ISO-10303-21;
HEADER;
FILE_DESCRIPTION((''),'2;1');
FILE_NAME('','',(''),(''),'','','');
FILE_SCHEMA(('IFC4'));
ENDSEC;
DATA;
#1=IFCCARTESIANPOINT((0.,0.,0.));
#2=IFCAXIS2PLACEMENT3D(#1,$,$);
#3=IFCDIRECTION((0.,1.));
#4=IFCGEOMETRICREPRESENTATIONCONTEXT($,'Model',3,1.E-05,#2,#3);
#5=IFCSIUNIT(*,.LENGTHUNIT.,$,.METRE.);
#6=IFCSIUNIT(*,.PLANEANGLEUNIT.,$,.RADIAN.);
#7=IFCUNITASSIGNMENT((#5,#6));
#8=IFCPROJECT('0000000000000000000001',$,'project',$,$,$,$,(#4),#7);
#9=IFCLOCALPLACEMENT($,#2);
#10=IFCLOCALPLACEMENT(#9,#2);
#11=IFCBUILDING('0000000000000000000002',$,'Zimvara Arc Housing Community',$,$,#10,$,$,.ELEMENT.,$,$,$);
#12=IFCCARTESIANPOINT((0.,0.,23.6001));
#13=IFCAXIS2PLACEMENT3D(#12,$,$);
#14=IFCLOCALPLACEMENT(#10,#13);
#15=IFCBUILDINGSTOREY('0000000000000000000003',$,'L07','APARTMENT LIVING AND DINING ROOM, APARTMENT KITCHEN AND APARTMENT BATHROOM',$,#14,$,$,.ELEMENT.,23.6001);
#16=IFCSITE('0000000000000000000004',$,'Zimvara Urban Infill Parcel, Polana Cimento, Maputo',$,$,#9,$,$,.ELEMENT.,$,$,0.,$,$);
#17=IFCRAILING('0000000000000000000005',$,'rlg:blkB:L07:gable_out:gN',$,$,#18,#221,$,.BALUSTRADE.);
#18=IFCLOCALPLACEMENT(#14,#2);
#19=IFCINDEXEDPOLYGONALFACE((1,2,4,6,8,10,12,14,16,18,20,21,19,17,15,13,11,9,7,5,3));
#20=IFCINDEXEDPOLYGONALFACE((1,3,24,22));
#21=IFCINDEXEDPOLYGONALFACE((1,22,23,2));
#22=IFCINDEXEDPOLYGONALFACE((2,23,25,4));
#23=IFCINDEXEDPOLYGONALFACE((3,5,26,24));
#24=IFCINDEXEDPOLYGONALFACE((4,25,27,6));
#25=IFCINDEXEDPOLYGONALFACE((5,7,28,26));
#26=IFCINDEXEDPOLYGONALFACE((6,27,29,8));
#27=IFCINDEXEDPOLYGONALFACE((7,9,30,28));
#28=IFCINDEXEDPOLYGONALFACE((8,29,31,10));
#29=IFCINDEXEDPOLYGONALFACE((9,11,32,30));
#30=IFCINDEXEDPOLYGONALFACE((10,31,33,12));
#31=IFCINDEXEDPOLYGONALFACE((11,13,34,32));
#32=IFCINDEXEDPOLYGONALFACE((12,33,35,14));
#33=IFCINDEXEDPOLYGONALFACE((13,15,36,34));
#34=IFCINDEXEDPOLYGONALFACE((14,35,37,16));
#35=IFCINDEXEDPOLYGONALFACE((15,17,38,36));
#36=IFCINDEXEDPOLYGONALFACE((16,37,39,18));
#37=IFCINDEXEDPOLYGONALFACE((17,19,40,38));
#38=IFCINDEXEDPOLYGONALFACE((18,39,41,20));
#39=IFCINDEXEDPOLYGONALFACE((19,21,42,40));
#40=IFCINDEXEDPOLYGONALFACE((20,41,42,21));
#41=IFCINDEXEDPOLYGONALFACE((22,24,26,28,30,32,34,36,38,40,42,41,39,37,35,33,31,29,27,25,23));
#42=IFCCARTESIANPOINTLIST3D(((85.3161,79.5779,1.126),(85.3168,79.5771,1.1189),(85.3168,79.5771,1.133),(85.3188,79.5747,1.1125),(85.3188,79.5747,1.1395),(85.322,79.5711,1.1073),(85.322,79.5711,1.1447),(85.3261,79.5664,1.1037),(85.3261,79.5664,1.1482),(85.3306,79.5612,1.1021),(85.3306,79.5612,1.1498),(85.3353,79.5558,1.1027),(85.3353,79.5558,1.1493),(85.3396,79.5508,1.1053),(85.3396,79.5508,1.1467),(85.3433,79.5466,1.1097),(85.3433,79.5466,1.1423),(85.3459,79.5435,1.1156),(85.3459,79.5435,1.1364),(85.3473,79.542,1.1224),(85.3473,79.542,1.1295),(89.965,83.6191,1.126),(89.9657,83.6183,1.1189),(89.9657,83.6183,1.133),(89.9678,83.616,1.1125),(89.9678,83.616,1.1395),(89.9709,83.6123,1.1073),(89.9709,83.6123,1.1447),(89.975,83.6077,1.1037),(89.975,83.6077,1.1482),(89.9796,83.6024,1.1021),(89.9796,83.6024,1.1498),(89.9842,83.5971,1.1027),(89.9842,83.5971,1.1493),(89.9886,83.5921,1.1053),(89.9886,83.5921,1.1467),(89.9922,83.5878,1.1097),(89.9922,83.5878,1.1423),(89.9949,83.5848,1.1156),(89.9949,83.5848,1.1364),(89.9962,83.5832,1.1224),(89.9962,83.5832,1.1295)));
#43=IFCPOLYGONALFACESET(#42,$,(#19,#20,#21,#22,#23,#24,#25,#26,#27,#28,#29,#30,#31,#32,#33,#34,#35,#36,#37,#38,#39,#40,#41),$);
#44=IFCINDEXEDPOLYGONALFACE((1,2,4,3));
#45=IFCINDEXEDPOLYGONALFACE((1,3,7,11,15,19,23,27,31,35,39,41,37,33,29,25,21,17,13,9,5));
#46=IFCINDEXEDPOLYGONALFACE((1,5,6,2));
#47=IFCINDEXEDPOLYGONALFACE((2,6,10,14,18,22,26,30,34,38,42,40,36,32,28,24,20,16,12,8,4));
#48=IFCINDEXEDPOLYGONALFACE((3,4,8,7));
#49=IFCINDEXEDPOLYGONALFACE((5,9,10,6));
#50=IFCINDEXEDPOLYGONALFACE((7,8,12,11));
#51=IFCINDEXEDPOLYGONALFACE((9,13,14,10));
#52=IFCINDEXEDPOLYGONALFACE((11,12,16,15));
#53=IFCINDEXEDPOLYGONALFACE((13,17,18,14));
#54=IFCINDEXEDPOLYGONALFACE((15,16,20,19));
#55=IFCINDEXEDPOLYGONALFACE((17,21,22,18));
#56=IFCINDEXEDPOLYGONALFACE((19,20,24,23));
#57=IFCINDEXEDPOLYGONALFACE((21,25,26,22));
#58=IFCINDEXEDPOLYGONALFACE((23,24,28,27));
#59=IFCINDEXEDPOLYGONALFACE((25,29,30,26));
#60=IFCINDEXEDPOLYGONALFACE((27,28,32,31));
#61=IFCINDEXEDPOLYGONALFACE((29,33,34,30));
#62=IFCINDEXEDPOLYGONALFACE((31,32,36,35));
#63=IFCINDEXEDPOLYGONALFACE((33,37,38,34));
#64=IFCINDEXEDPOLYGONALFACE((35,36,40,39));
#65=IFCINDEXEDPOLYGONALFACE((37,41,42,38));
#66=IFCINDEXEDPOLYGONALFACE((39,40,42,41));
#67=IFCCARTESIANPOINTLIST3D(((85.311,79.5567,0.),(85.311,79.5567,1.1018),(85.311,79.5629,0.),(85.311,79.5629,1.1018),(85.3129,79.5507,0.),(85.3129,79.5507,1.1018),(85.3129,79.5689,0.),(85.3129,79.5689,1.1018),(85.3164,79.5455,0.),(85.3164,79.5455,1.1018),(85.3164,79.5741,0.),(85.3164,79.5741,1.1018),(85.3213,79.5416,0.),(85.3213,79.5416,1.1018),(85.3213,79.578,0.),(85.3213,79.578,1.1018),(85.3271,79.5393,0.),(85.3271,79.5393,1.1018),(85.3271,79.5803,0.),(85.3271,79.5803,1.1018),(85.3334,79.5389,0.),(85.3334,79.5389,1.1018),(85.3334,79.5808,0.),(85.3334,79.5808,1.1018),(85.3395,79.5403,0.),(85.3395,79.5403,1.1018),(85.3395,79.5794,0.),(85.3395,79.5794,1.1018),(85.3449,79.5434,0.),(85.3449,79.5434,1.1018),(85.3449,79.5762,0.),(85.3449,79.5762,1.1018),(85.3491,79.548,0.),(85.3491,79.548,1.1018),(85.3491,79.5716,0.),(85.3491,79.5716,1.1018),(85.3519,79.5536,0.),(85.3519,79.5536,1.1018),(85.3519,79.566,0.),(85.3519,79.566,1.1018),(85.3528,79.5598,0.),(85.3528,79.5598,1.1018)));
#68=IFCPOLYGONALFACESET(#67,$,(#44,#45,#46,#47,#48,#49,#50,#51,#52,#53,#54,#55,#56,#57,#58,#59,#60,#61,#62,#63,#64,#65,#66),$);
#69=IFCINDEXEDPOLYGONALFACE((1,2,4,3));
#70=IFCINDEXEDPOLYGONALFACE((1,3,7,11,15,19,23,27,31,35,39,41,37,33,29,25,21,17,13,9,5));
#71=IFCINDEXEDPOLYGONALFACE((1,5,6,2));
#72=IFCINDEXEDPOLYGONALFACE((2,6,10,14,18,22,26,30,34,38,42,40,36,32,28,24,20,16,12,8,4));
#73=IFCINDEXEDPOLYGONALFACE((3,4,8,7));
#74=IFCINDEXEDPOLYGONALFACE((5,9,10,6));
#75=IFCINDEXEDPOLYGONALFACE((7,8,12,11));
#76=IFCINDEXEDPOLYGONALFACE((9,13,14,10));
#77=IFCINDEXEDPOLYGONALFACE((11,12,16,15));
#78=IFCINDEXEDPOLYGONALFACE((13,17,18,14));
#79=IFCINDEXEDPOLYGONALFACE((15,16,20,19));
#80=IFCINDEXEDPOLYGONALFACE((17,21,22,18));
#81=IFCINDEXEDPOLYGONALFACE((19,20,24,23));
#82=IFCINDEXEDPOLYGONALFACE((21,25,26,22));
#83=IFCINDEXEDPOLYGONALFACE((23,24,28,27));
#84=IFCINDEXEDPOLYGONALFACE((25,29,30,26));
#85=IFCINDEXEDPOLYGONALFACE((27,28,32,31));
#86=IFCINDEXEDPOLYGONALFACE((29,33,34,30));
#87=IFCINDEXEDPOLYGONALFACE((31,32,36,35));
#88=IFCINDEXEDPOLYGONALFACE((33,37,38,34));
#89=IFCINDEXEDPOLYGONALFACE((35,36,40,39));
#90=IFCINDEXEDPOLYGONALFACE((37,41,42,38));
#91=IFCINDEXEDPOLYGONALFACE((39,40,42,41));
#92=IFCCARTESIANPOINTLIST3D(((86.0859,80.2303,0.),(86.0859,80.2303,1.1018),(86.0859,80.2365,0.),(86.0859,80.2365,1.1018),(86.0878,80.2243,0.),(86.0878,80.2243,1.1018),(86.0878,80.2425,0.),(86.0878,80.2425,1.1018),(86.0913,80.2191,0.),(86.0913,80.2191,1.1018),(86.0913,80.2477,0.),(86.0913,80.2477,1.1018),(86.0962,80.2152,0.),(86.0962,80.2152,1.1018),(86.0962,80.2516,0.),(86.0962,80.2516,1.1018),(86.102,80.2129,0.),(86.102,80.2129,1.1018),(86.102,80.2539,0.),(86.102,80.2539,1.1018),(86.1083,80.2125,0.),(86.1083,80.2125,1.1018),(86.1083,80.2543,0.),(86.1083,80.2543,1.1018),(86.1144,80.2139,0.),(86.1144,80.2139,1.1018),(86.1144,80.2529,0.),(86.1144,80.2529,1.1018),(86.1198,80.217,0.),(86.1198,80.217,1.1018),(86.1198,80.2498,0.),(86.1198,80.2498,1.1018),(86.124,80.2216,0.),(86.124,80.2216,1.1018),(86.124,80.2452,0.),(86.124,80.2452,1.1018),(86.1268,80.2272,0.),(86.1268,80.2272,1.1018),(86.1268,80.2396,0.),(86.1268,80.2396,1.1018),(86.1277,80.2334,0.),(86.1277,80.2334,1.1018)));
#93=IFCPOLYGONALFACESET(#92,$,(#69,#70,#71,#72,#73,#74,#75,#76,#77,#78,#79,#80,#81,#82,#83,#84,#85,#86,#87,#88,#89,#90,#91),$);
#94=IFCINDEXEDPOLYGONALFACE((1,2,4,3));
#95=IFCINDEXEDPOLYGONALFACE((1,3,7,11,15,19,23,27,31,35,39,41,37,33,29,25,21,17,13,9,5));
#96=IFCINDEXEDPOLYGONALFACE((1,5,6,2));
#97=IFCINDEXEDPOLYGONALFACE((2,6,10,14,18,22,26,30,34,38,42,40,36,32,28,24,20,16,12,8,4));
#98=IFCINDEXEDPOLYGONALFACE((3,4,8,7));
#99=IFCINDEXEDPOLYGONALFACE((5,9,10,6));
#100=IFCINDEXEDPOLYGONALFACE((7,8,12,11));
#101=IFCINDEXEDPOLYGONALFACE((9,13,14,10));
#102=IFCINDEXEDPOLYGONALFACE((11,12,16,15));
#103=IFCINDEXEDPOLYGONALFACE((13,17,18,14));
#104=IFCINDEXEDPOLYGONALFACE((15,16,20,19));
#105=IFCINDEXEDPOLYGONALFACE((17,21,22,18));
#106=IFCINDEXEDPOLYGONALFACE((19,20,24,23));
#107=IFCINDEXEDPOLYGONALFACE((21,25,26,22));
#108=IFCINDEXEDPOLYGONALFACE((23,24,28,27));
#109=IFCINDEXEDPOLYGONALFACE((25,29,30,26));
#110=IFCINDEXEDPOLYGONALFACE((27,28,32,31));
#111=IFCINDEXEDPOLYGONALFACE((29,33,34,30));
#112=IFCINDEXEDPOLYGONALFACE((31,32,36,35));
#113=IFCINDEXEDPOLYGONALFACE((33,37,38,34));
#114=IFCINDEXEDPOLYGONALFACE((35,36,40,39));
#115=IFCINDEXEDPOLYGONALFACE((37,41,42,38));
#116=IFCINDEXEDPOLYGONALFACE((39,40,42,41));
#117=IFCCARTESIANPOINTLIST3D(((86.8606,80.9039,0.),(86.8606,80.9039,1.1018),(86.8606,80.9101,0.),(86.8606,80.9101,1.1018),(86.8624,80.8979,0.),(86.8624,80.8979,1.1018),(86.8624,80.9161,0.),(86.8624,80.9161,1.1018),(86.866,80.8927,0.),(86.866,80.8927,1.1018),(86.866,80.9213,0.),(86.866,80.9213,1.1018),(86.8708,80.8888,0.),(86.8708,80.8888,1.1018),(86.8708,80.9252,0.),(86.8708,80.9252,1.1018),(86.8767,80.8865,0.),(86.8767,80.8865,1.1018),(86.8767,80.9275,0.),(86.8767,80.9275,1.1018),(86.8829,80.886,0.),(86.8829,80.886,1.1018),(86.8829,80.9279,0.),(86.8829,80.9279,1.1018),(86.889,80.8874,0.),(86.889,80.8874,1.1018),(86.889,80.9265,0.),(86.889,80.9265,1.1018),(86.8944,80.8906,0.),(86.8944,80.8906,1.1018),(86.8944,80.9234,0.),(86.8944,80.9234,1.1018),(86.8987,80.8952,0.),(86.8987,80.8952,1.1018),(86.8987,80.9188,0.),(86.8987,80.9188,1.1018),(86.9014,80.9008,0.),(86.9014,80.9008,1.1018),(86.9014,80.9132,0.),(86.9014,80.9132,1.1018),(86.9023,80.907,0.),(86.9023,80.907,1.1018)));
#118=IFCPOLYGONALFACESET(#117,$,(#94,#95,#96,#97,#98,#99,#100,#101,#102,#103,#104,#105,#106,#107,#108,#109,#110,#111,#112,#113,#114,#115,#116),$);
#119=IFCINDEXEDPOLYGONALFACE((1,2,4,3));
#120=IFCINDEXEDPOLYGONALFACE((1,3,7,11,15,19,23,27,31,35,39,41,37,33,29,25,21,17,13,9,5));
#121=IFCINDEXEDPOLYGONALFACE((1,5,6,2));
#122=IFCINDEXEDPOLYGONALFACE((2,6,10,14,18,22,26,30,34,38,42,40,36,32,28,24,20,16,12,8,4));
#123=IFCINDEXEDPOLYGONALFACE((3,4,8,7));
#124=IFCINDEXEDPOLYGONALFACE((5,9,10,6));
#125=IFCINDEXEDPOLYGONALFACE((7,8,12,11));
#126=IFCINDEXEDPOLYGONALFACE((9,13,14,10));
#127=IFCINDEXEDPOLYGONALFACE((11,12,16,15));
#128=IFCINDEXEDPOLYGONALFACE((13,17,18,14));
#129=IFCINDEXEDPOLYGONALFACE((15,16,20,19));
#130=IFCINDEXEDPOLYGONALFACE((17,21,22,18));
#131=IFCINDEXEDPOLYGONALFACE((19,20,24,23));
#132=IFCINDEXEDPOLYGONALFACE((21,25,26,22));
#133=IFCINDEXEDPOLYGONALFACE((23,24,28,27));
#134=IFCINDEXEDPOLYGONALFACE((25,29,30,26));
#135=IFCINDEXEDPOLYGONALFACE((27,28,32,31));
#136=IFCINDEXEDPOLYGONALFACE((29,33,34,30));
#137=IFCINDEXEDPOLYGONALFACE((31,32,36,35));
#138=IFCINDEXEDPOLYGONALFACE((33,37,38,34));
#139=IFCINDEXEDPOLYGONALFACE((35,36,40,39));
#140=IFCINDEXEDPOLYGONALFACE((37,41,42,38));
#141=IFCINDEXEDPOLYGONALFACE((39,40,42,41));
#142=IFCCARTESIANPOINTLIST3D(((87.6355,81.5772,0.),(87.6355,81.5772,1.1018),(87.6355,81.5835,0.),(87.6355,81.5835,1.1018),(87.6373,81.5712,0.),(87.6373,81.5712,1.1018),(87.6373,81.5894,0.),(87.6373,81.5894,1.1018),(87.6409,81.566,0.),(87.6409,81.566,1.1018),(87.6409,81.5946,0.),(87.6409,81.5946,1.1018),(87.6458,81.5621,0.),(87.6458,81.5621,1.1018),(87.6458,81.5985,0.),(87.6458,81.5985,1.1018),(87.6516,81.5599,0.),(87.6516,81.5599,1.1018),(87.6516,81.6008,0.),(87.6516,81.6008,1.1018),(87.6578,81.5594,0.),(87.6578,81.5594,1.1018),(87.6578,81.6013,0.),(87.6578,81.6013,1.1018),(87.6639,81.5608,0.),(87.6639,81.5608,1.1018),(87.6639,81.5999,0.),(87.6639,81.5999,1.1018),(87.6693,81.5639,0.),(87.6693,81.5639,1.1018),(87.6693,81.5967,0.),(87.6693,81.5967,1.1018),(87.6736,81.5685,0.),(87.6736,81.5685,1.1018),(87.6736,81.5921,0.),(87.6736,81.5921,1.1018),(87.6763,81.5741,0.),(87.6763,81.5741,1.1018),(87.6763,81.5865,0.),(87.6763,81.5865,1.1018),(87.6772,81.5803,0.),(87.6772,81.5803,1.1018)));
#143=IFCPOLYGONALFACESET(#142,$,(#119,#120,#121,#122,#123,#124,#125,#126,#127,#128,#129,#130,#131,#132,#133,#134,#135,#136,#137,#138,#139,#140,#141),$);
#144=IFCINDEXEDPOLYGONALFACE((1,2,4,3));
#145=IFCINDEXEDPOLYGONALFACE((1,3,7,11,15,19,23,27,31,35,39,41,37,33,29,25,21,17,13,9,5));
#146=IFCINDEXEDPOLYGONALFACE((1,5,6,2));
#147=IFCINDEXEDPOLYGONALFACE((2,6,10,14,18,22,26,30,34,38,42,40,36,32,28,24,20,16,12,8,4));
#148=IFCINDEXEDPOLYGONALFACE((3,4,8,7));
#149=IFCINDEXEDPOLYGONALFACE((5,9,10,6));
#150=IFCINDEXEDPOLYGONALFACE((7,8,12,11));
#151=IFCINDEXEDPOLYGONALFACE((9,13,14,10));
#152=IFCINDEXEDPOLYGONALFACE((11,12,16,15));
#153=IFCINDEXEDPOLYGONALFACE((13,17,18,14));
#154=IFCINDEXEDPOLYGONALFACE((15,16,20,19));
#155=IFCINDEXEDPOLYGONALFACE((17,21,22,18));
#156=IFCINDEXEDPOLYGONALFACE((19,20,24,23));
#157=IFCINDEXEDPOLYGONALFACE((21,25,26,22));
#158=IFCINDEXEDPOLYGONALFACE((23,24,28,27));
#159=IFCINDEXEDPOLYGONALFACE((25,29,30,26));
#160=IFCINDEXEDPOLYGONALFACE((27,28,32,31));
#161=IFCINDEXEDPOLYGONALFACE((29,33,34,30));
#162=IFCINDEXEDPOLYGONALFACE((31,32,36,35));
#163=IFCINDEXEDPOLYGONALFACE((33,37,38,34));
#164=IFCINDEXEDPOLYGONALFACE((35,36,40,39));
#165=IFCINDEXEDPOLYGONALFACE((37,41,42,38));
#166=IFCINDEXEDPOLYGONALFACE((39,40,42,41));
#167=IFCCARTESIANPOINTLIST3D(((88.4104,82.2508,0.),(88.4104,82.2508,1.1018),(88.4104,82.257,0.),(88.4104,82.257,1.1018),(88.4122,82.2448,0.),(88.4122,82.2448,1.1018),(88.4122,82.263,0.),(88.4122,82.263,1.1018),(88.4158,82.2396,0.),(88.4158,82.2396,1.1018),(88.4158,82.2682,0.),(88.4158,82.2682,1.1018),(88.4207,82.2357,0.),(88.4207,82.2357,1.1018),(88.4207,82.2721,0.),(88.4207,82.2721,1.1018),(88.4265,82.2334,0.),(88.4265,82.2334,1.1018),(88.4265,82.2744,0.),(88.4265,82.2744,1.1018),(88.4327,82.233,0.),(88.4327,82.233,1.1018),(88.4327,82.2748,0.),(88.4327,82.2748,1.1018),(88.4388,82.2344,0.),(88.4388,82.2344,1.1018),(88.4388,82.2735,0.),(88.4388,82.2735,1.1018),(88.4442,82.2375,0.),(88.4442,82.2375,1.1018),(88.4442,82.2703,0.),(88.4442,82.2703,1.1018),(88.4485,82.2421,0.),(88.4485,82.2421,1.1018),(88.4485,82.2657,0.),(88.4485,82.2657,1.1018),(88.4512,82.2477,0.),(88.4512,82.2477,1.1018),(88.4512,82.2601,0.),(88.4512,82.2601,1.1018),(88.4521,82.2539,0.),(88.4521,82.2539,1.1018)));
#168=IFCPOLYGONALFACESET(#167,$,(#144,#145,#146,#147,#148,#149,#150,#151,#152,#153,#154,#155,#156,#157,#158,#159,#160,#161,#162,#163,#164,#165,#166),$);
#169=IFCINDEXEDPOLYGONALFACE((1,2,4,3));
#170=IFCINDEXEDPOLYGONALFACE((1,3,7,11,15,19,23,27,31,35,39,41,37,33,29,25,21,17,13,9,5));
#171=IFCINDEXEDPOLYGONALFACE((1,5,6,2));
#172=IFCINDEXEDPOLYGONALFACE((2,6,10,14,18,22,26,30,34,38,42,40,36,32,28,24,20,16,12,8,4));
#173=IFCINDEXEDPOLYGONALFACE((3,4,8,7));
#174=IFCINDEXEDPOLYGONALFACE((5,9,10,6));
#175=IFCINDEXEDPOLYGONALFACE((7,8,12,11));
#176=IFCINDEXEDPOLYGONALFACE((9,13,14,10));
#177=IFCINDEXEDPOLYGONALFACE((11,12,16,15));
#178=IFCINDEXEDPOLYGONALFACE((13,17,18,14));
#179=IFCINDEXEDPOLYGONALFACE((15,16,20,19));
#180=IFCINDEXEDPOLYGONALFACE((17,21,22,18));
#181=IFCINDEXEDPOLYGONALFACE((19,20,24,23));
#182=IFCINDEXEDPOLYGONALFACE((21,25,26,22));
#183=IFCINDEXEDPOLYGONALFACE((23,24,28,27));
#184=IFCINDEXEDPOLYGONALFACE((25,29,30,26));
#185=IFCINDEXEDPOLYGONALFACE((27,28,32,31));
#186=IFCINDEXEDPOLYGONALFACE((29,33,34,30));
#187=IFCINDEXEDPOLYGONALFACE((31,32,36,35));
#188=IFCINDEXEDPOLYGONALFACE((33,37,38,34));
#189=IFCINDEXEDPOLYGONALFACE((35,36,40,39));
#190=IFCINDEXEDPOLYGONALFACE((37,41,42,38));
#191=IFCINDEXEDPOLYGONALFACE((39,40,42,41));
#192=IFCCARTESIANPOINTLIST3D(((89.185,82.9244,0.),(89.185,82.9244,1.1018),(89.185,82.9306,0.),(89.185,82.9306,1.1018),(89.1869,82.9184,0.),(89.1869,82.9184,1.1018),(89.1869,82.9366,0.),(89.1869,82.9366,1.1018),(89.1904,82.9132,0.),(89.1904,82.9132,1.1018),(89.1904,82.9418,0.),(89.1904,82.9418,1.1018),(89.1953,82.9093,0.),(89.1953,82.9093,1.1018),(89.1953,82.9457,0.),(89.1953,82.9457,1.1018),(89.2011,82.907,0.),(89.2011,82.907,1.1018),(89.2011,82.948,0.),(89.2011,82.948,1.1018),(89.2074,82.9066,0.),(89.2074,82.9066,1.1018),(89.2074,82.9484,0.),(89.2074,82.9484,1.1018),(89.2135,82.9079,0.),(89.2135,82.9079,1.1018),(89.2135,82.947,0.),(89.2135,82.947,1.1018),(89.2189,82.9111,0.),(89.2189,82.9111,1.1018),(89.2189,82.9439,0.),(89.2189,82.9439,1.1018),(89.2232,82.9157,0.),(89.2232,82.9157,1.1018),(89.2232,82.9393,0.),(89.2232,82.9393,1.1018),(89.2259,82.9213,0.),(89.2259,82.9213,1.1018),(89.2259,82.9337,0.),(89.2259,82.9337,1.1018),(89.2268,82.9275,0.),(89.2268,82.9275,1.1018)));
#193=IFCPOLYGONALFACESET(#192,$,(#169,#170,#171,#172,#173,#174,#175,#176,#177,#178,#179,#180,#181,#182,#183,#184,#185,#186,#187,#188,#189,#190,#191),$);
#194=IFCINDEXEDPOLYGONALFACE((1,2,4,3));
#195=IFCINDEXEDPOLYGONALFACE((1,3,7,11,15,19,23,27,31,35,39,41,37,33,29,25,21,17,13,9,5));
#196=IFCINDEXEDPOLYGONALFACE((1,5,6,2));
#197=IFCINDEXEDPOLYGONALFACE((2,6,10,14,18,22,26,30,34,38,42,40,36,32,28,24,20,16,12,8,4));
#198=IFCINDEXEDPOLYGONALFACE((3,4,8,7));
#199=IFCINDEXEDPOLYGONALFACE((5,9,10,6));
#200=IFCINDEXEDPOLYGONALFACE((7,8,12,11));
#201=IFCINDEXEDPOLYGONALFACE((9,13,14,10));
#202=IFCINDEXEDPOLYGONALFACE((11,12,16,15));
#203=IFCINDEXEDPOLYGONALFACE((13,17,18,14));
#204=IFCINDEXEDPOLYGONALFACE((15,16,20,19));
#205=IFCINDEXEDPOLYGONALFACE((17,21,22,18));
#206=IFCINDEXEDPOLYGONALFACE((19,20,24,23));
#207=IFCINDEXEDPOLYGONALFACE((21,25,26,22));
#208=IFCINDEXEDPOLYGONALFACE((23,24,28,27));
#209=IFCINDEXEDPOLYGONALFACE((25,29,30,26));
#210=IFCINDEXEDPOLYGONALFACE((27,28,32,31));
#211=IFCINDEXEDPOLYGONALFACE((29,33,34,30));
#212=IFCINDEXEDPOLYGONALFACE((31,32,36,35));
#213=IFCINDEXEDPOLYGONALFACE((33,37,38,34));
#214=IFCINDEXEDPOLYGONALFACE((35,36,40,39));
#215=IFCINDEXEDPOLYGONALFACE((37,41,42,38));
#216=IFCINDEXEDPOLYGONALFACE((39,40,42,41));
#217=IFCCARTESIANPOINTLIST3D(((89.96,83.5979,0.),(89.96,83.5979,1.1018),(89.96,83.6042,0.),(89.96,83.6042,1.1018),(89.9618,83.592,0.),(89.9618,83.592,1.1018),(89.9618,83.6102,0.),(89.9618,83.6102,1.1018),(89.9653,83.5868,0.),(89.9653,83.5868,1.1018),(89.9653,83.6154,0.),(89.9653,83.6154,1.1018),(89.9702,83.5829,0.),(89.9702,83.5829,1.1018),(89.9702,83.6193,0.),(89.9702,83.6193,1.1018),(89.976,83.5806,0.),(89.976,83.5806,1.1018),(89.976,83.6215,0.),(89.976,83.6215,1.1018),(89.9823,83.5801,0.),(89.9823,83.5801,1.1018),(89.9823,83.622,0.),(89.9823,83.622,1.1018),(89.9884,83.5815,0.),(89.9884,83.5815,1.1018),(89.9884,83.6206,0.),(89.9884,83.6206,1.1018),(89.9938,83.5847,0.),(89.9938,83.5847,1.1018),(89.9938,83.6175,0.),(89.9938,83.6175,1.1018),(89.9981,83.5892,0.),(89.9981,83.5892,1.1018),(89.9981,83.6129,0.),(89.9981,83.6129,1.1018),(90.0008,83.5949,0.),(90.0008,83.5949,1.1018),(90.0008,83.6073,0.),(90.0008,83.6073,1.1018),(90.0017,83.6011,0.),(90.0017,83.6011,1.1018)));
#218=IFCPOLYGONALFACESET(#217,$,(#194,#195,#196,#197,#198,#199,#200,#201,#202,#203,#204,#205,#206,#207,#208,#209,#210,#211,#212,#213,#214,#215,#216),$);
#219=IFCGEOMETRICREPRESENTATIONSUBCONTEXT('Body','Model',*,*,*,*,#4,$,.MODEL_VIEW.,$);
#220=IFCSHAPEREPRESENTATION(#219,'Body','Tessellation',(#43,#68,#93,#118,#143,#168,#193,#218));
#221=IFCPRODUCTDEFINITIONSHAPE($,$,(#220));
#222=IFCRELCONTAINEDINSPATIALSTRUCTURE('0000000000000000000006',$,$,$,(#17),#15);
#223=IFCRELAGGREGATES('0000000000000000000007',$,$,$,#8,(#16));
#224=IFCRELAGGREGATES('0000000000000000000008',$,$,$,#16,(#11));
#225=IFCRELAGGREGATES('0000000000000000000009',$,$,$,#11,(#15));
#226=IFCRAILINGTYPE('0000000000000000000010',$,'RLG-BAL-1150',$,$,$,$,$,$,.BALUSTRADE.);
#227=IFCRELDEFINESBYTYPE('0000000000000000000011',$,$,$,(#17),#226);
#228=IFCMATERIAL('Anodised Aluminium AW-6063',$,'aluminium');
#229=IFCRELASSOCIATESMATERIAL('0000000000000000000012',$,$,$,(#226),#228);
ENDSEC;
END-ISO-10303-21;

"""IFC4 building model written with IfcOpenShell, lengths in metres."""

from ifc_helpers import new_model, si_unit, direction, frame, origin, origin_2d, place, context, subcontext, project, spatial, circle, extrude, material, type_object, element, save


model = new_model("IFC4")

# Units and contexts
model_context = context("Model", 3, precision=1e-05, world=origin(), true_north=direction((0.0, 1.0)))
body_context = subcontext(model_context, "Body", "Model", "MODEL_VIEW")
ifc_project = project(units=[si_unit("LENGTHUNIT", "METRE"), si_unit("PLANEANGLEUNIT", "RADIAN")], contexts=[model_context])

# Site, building, storey
site_placement = place(None, origin())
site = spatial("IfcSite", under=ifc_project, at=site_placement, Name="Zimvara Urban Infill Parcel, Polana Cimento, Maputo", CompositionType="ELEMENT", RefElevation=0.0)
building_placement = place(site_placement, origin())
building = spatial("IfcBuilding", under=site, at=building_placement, Name="Zimvara Arc Housing Community", CompositionType="ELEMENT")
storey_placement = place(building_placement, frame((0.0, 0.0, 23.6001)))
storey = spatial("IfcBuildingStorey", under=building, at=storey_placement, Name="L07", Description="APARTMENT LIVING AND DINING ROOM, APARTMENT KITCHEN AND APARTMENT BATHROOM", CompositionType="ELEMENT", Elevation=23.6001)

# Railing
ifc_material_1 = material(Name="Anodised Aluminium AW-6063", Category="aluminium")
railing_type = type_object("IfcRailingType", Name="RLG-BAL-1150", PredefinedType="BALUSTRADE", material=ifc_material_1)
railing_1_placement = place(storey_placement, frame((85.3318, 79.5598, 0.0)))
element("IfcRailing", 1, at=railing_1_placement, inside=storey, type_object=railing_type, Name="rlg:blkB:L07:gable_out:gN", PredefinedType="BALUSTRADE", context=body_context, shape_type="SweptSolid", body=[
    extrude(circle(Radius=0.0239, at=origin_2d()), frame((0.0, 0.0, 1.126), z_axis=(0.754709, 0.65606, 0.0), x_axis=(-0.65606, 0.754709, 0.0)), (0.0, 0.0, 1.0), 6.1599),
    extrude(circle(Radius=0.021, at=origin_2d()), origin(), (0.0, 0.0, 1.0), 1.1018),
    extrude(circle(Radius=0.021, at=origin_2d()), frame((0.7749, 0.6736, 0.0)), (0.0, 0.0, 1.0), 1.1018),
    extrude(circle(Radius=0.021, at=origin_2d()), frame((1.5496, 1.3472, 0.0)), (0.0, 0.0, 1.0), 1.1018),
    extrude(circle(Radius=0.021, at=origin_2d()), frame((2.3245, 2.0205, 0.0)), (0.0, 0.0, 1.0), 1.1018),
    extrude(circle(Radius=0.021, at=origin_2d()), frame((3.0994, 2.6941, 0.0)), (0.0, 0.0, 1.0), 1.1018),
    extrude(circle(Radius=0.021, at=origin_2d()), frame((3.874, 3.3677, 0.0)), (0.0, 0.0, 1.0), 1.1018),
    extrude(circle(Radius=0.021, at=origin_2d()), frame((4.6489, 4.0413, 0.0)), (0.0, 0.0, 1.0), 1.1018),
])

save(model, "model.ifc")
